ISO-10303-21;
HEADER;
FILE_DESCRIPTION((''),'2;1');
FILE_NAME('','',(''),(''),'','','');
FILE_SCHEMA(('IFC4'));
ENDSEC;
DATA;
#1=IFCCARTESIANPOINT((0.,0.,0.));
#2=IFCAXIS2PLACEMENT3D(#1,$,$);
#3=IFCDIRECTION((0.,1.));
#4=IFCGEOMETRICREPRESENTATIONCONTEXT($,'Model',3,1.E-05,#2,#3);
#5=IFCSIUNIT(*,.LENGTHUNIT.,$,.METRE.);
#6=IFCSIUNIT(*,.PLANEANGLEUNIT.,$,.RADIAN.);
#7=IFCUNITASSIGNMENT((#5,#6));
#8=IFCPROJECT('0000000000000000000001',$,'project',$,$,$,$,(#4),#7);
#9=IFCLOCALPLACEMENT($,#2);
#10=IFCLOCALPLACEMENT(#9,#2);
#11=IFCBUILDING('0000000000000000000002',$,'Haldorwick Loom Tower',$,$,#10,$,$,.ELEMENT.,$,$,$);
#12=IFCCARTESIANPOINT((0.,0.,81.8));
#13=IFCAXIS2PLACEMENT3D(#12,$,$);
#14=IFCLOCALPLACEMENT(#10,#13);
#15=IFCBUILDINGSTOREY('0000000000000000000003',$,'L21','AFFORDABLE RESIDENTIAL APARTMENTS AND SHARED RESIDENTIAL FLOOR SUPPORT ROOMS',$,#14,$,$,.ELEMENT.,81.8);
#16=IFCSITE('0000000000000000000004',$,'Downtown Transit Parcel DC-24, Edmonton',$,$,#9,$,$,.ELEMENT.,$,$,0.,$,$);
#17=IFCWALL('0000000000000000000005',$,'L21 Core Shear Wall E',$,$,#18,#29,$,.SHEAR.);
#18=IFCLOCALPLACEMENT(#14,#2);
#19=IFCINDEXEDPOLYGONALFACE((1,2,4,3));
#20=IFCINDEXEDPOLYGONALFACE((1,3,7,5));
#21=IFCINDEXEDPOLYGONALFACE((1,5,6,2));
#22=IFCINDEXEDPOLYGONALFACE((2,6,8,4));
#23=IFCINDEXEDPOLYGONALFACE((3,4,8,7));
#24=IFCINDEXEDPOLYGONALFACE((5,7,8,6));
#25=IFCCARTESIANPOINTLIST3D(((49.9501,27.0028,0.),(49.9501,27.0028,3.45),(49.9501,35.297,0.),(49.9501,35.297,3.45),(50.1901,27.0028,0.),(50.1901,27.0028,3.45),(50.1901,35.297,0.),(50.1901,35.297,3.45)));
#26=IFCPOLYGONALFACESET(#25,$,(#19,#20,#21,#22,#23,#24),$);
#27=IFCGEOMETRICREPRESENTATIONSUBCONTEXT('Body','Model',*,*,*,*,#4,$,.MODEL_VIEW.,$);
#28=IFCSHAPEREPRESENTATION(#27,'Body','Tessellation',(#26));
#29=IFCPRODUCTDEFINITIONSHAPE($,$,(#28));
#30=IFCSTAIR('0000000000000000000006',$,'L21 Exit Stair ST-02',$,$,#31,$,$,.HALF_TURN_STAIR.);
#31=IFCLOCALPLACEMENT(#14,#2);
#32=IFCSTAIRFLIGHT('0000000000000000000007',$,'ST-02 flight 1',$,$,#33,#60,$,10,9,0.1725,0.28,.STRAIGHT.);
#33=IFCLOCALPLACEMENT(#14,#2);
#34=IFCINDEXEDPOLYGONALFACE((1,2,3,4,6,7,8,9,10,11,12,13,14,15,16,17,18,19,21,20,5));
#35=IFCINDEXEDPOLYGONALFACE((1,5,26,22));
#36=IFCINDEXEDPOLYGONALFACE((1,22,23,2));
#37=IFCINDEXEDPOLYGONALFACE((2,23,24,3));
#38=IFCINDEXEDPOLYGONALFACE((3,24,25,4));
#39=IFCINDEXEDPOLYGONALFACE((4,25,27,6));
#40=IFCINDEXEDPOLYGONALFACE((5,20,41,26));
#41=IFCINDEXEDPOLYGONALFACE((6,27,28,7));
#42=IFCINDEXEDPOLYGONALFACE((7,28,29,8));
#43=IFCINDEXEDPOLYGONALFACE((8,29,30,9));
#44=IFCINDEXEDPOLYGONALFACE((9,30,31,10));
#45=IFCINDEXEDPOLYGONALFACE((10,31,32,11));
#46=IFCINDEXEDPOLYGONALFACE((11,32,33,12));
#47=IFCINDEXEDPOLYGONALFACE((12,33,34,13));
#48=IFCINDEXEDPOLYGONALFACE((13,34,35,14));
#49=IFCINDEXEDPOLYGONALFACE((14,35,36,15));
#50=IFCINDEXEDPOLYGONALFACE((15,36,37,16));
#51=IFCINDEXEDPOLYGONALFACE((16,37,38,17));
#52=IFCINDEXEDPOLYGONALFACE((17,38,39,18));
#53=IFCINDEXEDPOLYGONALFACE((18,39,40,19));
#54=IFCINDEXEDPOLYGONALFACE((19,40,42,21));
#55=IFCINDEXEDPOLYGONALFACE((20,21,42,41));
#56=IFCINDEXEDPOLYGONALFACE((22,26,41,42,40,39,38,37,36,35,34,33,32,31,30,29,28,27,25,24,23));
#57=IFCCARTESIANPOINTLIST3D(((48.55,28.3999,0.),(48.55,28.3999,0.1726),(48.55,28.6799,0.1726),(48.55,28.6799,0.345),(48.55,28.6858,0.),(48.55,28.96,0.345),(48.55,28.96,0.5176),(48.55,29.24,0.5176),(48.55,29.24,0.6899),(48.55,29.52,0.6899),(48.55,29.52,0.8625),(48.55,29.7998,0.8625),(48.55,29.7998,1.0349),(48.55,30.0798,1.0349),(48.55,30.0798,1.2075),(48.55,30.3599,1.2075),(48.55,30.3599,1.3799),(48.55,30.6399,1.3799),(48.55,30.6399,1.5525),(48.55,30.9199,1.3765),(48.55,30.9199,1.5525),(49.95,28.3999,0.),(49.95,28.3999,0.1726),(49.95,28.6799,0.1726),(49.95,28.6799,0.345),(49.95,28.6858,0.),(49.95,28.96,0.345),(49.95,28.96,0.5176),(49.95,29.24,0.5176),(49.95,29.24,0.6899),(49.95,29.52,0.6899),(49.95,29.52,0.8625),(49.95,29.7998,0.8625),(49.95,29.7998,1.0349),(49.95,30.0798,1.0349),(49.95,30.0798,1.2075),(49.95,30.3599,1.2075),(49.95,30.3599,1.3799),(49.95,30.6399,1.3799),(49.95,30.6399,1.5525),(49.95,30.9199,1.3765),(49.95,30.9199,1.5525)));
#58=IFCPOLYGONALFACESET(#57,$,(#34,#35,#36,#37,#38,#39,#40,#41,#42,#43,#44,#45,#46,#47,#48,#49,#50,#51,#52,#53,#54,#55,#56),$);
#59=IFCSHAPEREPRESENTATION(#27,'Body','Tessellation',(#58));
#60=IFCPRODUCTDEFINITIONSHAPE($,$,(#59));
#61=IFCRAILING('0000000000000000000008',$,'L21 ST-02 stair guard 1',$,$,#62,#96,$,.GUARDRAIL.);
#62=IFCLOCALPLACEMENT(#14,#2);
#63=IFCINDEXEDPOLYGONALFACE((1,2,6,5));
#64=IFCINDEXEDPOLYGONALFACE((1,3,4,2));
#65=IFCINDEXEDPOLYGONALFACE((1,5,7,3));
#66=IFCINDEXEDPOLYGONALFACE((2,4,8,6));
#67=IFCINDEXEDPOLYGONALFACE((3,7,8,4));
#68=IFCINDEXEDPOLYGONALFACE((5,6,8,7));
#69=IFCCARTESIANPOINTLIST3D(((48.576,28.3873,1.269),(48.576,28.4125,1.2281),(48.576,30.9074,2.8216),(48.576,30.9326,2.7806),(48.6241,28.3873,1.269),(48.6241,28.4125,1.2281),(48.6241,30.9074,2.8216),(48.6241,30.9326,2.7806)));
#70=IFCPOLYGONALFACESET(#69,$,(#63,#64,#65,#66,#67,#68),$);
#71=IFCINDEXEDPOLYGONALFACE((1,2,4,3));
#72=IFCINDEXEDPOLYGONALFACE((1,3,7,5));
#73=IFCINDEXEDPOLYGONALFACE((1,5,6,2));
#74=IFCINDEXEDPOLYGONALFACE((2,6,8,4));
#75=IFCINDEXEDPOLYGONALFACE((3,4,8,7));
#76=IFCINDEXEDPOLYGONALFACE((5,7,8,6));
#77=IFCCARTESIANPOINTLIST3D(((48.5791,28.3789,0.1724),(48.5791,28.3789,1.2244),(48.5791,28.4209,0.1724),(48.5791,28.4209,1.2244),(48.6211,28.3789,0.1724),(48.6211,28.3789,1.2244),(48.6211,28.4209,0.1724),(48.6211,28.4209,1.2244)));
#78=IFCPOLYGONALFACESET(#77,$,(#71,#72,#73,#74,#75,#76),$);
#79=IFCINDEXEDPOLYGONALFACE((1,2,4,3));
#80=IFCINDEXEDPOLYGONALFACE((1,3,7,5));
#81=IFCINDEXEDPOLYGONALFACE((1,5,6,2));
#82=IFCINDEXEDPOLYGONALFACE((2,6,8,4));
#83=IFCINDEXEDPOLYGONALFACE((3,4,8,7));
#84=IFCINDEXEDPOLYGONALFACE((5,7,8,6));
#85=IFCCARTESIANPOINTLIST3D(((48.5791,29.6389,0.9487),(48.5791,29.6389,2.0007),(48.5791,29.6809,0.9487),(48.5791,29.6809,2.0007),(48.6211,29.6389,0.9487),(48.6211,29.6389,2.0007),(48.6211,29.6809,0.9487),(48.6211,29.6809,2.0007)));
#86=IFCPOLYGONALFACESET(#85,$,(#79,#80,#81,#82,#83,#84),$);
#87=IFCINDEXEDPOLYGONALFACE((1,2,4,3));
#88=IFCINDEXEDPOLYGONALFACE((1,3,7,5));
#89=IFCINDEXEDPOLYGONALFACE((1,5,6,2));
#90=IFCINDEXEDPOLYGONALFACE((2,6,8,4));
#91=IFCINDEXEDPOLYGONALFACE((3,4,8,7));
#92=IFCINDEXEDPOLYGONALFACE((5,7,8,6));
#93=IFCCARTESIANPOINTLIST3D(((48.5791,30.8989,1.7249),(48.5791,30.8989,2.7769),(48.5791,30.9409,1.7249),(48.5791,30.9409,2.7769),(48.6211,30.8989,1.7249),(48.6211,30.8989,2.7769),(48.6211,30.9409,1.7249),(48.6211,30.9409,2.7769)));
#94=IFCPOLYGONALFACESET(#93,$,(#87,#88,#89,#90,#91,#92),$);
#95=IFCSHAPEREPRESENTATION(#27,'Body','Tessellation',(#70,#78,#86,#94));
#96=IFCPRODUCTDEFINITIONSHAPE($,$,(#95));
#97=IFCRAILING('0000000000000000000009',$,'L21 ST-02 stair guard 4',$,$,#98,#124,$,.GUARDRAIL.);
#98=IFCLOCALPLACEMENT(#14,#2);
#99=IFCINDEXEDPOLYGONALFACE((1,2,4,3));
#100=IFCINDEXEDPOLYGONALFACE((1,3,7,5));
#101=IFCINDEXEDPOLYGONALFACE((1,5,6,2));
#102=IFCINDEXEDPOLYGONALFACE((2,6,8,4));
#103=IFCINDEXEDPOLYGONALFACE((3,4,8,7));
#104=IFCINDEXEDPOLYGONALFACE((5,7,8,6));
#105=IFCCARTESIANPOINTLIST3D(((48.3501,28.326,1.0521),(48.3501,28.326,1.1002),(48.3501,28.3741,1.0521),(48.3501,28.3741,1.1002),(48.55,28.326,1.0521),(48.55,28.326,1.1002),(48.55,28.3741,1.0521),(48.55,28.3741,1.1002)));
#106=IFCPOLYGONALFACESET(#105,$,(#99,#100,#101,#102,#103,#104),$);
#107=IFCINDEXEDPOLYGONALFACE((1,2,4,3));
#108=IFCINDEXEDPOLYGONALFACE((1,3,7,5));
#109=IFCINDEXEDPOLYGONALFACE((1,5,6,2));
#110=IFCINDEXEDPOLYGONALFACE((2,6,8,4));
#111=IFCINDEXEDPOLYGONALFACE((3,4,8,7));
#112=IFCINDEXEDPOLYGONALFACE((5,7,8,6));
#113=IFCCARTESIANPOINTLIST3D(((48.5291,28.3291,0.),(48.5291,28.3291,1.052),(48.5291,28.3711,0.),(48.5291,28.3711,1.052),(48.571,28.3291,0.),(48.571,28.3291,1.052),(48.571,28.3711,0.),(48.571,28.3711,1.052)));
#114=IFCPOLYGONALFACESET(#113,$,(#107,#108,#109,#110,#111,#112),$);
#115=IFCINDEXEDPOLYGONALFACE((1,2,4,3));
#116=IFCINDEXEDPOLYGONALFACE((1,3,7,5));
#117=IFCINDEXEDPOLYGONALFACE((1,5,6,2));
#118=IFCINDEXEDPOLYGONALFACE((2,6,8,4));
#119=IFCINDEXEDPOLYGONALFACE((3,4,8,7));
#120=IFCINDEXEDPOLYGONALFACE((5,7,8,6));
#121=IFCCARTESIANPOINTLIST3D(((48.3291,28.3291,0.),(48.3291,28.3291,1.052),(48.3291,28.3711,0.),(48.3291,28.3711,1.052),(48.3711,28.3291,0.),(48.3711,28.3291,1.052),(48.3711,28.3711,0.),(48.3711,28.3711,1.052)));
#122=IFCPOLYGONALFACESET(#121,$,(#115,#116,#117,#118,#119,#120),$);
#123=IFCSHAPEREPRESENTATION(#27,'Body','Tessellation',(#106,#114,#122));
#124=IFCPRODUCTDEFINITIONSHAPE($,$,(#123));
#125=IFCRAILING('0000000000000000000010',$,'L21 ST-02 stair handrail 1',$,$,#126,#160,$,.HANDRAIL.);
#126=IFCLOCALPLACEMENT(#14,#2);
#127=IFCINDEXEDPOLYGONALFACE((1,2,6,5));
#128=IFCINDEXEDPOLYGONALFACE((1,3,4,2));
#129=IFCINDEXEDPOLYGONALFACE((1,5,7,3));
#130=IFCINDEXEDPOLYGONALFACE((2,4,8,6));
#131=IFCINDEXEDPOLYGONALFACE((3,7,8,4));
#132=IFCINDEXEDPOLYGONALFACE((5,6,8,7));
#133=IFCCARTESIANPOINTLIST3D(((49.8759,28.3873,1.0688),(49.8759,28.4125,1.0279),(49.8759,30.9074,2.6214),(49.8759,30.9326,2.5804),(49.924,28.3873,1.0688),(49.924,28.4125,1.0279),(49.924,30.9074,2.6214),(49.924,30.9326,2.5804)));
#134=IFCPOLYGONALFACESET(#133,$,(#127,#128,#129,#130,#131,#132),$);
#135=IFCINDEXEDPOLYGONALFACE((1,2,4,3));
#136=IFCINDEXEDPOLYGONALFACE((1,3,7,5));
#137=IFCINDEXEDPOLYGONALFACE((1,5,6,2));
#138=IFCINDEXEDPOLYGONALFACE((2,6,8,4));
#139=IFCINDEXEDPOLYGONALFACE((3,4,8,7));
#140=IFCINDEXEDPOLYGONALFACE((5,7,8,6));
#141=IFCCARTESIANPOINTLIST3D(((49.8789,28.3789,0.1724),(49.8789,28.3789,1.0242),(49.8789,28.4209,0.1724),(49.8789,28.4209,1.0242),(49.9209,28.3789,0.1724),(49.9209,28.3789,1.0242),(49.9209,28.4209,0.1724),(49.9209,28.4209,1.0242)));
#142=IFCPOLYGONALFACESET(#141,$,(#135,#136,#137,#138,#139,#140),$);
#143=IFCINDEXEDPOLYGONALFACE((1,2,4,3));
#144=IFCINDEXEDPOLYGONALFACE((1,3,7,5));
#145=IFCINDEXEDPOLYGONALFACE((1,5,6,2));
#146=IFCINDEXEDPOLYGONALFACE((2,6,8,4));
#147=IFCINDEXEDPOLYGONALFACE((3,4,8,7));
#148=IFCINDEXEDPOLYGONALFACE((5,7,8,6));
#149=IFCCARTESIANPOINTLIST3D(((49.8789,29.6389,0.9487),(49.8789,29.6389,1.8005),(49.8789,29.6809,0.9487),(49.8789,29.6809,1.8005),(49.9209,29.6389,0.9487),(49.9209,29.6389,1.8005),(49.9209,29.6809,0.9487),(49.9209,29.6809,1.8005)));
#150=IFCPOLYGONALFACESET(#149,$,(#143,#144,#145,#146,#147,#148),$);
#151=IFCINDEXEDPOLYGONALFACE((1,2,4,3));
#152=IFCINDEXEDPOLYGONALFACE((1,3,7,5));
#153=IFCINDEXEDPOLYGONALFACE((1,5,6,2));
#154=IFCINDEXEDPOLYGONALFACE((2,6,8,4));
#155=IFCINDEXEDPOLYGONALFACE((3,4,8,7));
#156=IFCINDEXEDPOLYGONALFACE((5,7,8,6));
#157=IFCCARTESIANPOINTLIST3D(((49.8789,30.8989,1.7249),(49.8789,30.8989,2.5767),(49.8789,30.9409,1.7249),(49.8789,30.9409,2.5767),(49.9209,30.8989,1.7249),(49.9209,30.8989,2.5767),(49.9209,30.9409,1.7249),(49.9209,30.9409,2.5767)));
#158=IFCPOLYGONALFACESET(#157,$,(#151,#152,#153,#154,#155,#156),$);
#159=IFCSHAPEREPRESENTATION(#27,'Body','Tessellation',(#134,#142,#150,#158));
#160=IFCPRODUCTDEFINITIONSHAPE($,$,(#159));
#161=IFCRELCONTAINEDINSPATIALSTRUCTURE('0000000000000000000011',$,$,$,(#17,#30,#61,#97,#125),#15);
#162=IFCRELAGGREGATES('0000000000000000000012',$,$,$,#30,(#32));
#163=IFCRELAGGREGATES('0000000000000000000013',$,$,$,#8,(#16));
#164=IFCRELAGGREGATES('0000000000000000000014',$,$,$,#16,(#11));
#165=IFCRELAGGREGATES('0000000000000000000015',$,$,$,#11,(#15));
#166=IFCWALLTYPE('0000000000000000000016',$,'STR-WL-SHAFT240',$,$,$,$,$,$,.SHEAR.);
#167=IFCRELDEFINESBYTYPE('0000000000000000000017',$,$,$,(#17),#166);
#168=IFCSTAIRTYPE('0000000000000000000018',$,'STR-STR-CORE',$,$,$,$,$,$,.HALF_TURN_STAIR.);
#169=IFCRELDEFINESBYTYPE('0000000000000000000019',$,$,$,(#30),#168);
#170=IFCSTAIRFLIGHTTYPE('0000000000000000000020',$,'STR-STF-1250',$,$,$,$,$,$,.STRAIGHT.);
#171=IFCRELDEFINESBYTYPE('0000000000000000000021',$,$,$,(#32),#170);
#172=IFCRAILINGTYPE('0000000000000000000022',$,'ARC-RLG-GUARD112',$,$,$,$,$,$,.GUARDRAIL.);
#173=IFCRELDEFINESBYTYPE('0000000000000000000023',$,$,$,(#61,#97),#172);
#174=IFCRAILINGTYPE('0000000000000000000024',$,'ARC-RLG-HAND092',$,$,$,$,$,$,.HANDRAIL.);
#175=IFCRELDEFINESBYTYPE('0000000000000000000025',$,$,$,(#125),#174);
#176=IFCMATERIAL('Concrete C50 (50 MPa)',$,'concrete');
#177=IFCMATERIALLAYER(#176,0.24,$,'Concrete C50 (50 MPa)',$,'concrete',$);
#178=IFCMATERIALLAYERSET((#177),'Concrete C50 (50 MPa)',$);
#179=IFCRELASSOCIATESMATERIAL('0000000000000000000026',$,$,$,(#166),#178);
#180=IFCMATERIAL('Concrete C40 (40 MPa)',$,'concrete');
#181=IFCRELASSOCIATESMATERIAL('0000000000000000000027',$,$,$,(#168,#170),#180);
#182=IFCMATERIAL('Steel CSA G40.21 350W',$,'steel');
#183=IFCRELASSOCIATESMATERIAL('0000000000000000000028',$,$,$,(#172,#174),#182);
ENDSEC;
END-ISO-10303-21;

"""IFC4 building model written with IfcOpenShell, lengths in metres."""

from ifc_helpers import new_model, si_unit, direction, frame, frame_2d, origin, origin_2d, place, context, subcontext, project, spatial, polyline, rectangle, outline, extrude, material, layer, layer_set, type_object, element, aggregate, save


model = new_model("IFC4")

# Units and contexts
model_context = context("Model", 3, precision=1e-05, world=origin(), true_north=direction((0.0, 1.0)))
body_context = subcontext(model_context, "Body", "Model", "MODEL_VIEW")
ifc_project = project(units=[si_unit("LENGTHUNIT", "METRE"), si_unit("PLANEANGLEUNIT", "RADIAN")], contexts=[model_context])

# Site, building, storey
site_placement = place(None, origin())
site = spatial("IfcSite", under=ifc_project, at=site_placement, Name="Downtown Transit Parcel DC-24, Edmonton", CompositionType="ELEMENT", RefElevation=0.0)
building_placement = place(site_placement, origin())
building = spatial("IfcBuilding", under=site, at=building_placement, Name="Haldorwick Loom Tower", CompositionType="ELEMENT")
storey_placement = place(building_placement, frame((0.0, 0.0, 81.8)))
storey = spatial("IfcBuildingStorey", under=building, at=storey_placement, Name="L21", Description="AFFORDABLE RESIDENTIAL APARTMENTS AND SHARED RESIDENTIAL FLOOR SUPPORT ROOMS", CompositionType="ELEMENT", Elevation=81.8)

# Shared definitions
ifc_material_1 = material(Name="Steel CSA G40.21 350W", Category="steel")

# Wall
ifc_material_2 = material(Name="Concrete C50 (50 MPa)", Category="concrete")
ifc_layer_1 = layer(ifc_material_2, 0.24, Name="Concrete C50 (50 MPa)", Category="concrete")
ifc_layer_set_1 = layer_set([ifc_layer_1], Name="Concrete C50 (50 MPa)")
wall_type_1 = type_object("IfcWallType", Name="STR-WL-SHAFT240", PredefinedType="SHEAR", material=ifc_layer_set_1)
wall_1_placement = place(storey_placement, frame((50.0701, 27.0029, 0.0), z_axis=(0.0, 0.0, 1.0), x_axis=(0.0, 1.0, 0.0)))
element("IfcWall", 1, at=wall_1_placement, inside=storey, type_object=wall_type_1, Name="L21 Core Shear Wall E", PredefinedType="SHEAR", context=body_context, shape_type="SweptSolid", body=[
    extrude(rectangle(XDim=8.2942, YDim=0.24, at=frame_2d((4.147, 0.0))), origin(), (0.0, 0.0, 1.0), 3.45),
])

# Stair, stair flight
ifc_material_3 = material(Name="Concrete C40 (40 MPa)", Category="concrete")
stair_type = type_object("IfcStairType", Name="STR-STR-CORE", PredefinedType="HALF_TURN_STAIR", material=ifc_material_3)
stair_placement = place(storey_placement, origin())
stair = element("IfcStair", 2, at=stair_placement, inside=storey, type_object=stair_type, Name="L21 Exit Stair ST-02", PredefinedType="HALF_TURN_STAIR")
stair_flight_type = type_object("IfcStairFlightType", Name="STR-STF-1250", PredefinedType="STRAIGHT", material=ifc_material_3)
stair_flight_placement = place(storey_placement, frame((49.25, 28.3999, 0.0), z_axis=(0.0, 0.0, 1.0), x_axis=(0.0, 1.0, 0.0)))
stair_flight = element("IfcStairFlight", 3, at=stair_flight_placement, type_object=stair_flight_type, Name="ST-02 flight 1", NumberOfRisers=10, NumberOfTreads=9, PredefinedType="STRAIGHT", RiserHeight=0.1725, TreadLength=0.28, context=body_context, shape_type="SweptSolid", body=[
    extrude(outline(polyline([(0.0, 0.0), (0.0, 0.1726), (0.28, 0.1726), (0.28, 0.345), (0.5601, 0.345), (0.5601, 0.5176), (0.8401, 0.5176), (0.8401, 0.6899), (1.1201, 0.6899), (1.1201, 0.8625), (1.3999, 0.8625), (1.3999, 1.0349), (1.6799, 1.0349), (1.6799, 1.2075), (1.96, 1.2075), (1.96, 1.3799), (2.24, 1.3799), (2.24, 1.5525), (2.52, 1.5525), (2.52, 1.7251), (2.52, 1.3765), (0.2859, 0.0), (0.0, 0.0)])), frame((0.0, 0.7, 0.0), z_axis=(0.0, -1.0, 0.0), x_axis=(1.0, 0.0, 0.0)), (0.0, 0.0, 1.0), 1.3999),
])
aggregate(stair, [stair_flight])

# Railings
railing_type_1 = type_object("IfcRailingType", Name="ARC-RLG-GUARD112", PredefinedType="GUARDRAIL", material=ifc_material_1)
railing_1_placement = place(storey_placement, frame((48.6001, 28.3999, 0.1724)))
element("IfcRailing", 4, at=railing_1_placement, inside=storey, type_object=railing_type_1, Name="L21 ST-02 stair guard 1", PredefinedType="GUARDRAIL", context=body_context, shape_type="SweptSolid", body=[
    extrude(rectangle(XDim=0.0481, YDim=0.0481, at=origin_2d()), frame((0.0, 0.0, 1.0762), z_axis=(0.0, 0.8514, 0.524516), x_axis=(-1.0, 0.0, 0.0)), (0.0, 0.0, 1.0), 2.96),
    extrude(rectangle(XDim=0.042, YDim=0.042, at=origin_2d()), origin(), (0.0, 0.0, 1.0), 1.052),
    extrude(rectangle(XDim=0.042, YDim=0.042, at=origin_2d()), frame((0.0, 1.26, 0.7764)), (0.0, 0.0, 1.0), 1.052),
    extrude(rectangle(XDim=0.042, YDim=0.042, at=origin_2d()), frame((0.0, 2.52, 1.5525)), (0.0, 0.0, 1.0), 1.052),
])
railing_2_placement = place(storey_placement, frame((48.55, 28.3501, 0.0)))
element("IfcRailing", 5, at=railing_2_placement, inside=storey, type_object=railing_type_1, Name="L21 ST-02 stair guard 4", PredefinedType="GUARDRAIL", context=body_context, shape_type="SweptSolid", body=[
    extrude(rectangle(XDim=0.0481, YDim=0.0481, at=origin_2d()), frame((0.0, 0.0, 1.0762), z_axis=(-1.0, 0.0, 0.0), x_axis=(0.0, -1.0, 0.0)), (0.0, 0.0, 1.0), 0.2),
    extrude(rectangle(XDim=0.042, YDim=0.042, at=origin_2d()), origin(), (0.0, 0.0, 1.0), 1.052),
    extrude(rectangle(XDim=0.042, YDim=0.042, at=origin_2d()), frame((-0.2, 0.0, 0.0)), (0.0, 0.0, 1.0), 1.052),
])
railing_type_2 = type_object("IfcRailingType", Name="ARC-RLG-HAND092", PredefinedType="HANDRAIL", material=ifc_material_1)
railing_3_placement = place(storey_placement, frame((49.8999, 28.3999, 0.1724)))
element("IfcRailing", 6, at=railing_3_placement, inside=storey, type_object=railing_type_2, Name="L21 ST-02 stair handrail 1", PredefinedType="HANDRAIL", context=body_context, shape_type="SweptSolid", body=[
    extrude(rectangle(XDim=0.0481, YDim=0.0481, at=origin_2d()), frame((0.0, 0.0, 0.876), z_axis=(0.0, 0.8514, 0.524516), x_axis=(-1.0, 0.0, 0.0)), (0.0, 0.0, 1.0), 2.96),
    extrude(rectangle(XDim=0.042, YDim=0.042, at=origin_2d()), origin(), (0.0, 0.0, 1.0), 0.8518),
    extrude(rectangle(XDim=0.042, YDim=0.042, at=origin_2d()), frame((0.0, 1.26, 0.7764)), (0.0, 0.0, 1.0), 0.8518),
    extrude(rectangle(XDim=0.042, YDim=0.042, at=origin_2d()), frame((0.0, 2.52, 1.5525)), (0.0, 0.0, 1.0), 0.8518),
])

save(model, "model.ifc")
